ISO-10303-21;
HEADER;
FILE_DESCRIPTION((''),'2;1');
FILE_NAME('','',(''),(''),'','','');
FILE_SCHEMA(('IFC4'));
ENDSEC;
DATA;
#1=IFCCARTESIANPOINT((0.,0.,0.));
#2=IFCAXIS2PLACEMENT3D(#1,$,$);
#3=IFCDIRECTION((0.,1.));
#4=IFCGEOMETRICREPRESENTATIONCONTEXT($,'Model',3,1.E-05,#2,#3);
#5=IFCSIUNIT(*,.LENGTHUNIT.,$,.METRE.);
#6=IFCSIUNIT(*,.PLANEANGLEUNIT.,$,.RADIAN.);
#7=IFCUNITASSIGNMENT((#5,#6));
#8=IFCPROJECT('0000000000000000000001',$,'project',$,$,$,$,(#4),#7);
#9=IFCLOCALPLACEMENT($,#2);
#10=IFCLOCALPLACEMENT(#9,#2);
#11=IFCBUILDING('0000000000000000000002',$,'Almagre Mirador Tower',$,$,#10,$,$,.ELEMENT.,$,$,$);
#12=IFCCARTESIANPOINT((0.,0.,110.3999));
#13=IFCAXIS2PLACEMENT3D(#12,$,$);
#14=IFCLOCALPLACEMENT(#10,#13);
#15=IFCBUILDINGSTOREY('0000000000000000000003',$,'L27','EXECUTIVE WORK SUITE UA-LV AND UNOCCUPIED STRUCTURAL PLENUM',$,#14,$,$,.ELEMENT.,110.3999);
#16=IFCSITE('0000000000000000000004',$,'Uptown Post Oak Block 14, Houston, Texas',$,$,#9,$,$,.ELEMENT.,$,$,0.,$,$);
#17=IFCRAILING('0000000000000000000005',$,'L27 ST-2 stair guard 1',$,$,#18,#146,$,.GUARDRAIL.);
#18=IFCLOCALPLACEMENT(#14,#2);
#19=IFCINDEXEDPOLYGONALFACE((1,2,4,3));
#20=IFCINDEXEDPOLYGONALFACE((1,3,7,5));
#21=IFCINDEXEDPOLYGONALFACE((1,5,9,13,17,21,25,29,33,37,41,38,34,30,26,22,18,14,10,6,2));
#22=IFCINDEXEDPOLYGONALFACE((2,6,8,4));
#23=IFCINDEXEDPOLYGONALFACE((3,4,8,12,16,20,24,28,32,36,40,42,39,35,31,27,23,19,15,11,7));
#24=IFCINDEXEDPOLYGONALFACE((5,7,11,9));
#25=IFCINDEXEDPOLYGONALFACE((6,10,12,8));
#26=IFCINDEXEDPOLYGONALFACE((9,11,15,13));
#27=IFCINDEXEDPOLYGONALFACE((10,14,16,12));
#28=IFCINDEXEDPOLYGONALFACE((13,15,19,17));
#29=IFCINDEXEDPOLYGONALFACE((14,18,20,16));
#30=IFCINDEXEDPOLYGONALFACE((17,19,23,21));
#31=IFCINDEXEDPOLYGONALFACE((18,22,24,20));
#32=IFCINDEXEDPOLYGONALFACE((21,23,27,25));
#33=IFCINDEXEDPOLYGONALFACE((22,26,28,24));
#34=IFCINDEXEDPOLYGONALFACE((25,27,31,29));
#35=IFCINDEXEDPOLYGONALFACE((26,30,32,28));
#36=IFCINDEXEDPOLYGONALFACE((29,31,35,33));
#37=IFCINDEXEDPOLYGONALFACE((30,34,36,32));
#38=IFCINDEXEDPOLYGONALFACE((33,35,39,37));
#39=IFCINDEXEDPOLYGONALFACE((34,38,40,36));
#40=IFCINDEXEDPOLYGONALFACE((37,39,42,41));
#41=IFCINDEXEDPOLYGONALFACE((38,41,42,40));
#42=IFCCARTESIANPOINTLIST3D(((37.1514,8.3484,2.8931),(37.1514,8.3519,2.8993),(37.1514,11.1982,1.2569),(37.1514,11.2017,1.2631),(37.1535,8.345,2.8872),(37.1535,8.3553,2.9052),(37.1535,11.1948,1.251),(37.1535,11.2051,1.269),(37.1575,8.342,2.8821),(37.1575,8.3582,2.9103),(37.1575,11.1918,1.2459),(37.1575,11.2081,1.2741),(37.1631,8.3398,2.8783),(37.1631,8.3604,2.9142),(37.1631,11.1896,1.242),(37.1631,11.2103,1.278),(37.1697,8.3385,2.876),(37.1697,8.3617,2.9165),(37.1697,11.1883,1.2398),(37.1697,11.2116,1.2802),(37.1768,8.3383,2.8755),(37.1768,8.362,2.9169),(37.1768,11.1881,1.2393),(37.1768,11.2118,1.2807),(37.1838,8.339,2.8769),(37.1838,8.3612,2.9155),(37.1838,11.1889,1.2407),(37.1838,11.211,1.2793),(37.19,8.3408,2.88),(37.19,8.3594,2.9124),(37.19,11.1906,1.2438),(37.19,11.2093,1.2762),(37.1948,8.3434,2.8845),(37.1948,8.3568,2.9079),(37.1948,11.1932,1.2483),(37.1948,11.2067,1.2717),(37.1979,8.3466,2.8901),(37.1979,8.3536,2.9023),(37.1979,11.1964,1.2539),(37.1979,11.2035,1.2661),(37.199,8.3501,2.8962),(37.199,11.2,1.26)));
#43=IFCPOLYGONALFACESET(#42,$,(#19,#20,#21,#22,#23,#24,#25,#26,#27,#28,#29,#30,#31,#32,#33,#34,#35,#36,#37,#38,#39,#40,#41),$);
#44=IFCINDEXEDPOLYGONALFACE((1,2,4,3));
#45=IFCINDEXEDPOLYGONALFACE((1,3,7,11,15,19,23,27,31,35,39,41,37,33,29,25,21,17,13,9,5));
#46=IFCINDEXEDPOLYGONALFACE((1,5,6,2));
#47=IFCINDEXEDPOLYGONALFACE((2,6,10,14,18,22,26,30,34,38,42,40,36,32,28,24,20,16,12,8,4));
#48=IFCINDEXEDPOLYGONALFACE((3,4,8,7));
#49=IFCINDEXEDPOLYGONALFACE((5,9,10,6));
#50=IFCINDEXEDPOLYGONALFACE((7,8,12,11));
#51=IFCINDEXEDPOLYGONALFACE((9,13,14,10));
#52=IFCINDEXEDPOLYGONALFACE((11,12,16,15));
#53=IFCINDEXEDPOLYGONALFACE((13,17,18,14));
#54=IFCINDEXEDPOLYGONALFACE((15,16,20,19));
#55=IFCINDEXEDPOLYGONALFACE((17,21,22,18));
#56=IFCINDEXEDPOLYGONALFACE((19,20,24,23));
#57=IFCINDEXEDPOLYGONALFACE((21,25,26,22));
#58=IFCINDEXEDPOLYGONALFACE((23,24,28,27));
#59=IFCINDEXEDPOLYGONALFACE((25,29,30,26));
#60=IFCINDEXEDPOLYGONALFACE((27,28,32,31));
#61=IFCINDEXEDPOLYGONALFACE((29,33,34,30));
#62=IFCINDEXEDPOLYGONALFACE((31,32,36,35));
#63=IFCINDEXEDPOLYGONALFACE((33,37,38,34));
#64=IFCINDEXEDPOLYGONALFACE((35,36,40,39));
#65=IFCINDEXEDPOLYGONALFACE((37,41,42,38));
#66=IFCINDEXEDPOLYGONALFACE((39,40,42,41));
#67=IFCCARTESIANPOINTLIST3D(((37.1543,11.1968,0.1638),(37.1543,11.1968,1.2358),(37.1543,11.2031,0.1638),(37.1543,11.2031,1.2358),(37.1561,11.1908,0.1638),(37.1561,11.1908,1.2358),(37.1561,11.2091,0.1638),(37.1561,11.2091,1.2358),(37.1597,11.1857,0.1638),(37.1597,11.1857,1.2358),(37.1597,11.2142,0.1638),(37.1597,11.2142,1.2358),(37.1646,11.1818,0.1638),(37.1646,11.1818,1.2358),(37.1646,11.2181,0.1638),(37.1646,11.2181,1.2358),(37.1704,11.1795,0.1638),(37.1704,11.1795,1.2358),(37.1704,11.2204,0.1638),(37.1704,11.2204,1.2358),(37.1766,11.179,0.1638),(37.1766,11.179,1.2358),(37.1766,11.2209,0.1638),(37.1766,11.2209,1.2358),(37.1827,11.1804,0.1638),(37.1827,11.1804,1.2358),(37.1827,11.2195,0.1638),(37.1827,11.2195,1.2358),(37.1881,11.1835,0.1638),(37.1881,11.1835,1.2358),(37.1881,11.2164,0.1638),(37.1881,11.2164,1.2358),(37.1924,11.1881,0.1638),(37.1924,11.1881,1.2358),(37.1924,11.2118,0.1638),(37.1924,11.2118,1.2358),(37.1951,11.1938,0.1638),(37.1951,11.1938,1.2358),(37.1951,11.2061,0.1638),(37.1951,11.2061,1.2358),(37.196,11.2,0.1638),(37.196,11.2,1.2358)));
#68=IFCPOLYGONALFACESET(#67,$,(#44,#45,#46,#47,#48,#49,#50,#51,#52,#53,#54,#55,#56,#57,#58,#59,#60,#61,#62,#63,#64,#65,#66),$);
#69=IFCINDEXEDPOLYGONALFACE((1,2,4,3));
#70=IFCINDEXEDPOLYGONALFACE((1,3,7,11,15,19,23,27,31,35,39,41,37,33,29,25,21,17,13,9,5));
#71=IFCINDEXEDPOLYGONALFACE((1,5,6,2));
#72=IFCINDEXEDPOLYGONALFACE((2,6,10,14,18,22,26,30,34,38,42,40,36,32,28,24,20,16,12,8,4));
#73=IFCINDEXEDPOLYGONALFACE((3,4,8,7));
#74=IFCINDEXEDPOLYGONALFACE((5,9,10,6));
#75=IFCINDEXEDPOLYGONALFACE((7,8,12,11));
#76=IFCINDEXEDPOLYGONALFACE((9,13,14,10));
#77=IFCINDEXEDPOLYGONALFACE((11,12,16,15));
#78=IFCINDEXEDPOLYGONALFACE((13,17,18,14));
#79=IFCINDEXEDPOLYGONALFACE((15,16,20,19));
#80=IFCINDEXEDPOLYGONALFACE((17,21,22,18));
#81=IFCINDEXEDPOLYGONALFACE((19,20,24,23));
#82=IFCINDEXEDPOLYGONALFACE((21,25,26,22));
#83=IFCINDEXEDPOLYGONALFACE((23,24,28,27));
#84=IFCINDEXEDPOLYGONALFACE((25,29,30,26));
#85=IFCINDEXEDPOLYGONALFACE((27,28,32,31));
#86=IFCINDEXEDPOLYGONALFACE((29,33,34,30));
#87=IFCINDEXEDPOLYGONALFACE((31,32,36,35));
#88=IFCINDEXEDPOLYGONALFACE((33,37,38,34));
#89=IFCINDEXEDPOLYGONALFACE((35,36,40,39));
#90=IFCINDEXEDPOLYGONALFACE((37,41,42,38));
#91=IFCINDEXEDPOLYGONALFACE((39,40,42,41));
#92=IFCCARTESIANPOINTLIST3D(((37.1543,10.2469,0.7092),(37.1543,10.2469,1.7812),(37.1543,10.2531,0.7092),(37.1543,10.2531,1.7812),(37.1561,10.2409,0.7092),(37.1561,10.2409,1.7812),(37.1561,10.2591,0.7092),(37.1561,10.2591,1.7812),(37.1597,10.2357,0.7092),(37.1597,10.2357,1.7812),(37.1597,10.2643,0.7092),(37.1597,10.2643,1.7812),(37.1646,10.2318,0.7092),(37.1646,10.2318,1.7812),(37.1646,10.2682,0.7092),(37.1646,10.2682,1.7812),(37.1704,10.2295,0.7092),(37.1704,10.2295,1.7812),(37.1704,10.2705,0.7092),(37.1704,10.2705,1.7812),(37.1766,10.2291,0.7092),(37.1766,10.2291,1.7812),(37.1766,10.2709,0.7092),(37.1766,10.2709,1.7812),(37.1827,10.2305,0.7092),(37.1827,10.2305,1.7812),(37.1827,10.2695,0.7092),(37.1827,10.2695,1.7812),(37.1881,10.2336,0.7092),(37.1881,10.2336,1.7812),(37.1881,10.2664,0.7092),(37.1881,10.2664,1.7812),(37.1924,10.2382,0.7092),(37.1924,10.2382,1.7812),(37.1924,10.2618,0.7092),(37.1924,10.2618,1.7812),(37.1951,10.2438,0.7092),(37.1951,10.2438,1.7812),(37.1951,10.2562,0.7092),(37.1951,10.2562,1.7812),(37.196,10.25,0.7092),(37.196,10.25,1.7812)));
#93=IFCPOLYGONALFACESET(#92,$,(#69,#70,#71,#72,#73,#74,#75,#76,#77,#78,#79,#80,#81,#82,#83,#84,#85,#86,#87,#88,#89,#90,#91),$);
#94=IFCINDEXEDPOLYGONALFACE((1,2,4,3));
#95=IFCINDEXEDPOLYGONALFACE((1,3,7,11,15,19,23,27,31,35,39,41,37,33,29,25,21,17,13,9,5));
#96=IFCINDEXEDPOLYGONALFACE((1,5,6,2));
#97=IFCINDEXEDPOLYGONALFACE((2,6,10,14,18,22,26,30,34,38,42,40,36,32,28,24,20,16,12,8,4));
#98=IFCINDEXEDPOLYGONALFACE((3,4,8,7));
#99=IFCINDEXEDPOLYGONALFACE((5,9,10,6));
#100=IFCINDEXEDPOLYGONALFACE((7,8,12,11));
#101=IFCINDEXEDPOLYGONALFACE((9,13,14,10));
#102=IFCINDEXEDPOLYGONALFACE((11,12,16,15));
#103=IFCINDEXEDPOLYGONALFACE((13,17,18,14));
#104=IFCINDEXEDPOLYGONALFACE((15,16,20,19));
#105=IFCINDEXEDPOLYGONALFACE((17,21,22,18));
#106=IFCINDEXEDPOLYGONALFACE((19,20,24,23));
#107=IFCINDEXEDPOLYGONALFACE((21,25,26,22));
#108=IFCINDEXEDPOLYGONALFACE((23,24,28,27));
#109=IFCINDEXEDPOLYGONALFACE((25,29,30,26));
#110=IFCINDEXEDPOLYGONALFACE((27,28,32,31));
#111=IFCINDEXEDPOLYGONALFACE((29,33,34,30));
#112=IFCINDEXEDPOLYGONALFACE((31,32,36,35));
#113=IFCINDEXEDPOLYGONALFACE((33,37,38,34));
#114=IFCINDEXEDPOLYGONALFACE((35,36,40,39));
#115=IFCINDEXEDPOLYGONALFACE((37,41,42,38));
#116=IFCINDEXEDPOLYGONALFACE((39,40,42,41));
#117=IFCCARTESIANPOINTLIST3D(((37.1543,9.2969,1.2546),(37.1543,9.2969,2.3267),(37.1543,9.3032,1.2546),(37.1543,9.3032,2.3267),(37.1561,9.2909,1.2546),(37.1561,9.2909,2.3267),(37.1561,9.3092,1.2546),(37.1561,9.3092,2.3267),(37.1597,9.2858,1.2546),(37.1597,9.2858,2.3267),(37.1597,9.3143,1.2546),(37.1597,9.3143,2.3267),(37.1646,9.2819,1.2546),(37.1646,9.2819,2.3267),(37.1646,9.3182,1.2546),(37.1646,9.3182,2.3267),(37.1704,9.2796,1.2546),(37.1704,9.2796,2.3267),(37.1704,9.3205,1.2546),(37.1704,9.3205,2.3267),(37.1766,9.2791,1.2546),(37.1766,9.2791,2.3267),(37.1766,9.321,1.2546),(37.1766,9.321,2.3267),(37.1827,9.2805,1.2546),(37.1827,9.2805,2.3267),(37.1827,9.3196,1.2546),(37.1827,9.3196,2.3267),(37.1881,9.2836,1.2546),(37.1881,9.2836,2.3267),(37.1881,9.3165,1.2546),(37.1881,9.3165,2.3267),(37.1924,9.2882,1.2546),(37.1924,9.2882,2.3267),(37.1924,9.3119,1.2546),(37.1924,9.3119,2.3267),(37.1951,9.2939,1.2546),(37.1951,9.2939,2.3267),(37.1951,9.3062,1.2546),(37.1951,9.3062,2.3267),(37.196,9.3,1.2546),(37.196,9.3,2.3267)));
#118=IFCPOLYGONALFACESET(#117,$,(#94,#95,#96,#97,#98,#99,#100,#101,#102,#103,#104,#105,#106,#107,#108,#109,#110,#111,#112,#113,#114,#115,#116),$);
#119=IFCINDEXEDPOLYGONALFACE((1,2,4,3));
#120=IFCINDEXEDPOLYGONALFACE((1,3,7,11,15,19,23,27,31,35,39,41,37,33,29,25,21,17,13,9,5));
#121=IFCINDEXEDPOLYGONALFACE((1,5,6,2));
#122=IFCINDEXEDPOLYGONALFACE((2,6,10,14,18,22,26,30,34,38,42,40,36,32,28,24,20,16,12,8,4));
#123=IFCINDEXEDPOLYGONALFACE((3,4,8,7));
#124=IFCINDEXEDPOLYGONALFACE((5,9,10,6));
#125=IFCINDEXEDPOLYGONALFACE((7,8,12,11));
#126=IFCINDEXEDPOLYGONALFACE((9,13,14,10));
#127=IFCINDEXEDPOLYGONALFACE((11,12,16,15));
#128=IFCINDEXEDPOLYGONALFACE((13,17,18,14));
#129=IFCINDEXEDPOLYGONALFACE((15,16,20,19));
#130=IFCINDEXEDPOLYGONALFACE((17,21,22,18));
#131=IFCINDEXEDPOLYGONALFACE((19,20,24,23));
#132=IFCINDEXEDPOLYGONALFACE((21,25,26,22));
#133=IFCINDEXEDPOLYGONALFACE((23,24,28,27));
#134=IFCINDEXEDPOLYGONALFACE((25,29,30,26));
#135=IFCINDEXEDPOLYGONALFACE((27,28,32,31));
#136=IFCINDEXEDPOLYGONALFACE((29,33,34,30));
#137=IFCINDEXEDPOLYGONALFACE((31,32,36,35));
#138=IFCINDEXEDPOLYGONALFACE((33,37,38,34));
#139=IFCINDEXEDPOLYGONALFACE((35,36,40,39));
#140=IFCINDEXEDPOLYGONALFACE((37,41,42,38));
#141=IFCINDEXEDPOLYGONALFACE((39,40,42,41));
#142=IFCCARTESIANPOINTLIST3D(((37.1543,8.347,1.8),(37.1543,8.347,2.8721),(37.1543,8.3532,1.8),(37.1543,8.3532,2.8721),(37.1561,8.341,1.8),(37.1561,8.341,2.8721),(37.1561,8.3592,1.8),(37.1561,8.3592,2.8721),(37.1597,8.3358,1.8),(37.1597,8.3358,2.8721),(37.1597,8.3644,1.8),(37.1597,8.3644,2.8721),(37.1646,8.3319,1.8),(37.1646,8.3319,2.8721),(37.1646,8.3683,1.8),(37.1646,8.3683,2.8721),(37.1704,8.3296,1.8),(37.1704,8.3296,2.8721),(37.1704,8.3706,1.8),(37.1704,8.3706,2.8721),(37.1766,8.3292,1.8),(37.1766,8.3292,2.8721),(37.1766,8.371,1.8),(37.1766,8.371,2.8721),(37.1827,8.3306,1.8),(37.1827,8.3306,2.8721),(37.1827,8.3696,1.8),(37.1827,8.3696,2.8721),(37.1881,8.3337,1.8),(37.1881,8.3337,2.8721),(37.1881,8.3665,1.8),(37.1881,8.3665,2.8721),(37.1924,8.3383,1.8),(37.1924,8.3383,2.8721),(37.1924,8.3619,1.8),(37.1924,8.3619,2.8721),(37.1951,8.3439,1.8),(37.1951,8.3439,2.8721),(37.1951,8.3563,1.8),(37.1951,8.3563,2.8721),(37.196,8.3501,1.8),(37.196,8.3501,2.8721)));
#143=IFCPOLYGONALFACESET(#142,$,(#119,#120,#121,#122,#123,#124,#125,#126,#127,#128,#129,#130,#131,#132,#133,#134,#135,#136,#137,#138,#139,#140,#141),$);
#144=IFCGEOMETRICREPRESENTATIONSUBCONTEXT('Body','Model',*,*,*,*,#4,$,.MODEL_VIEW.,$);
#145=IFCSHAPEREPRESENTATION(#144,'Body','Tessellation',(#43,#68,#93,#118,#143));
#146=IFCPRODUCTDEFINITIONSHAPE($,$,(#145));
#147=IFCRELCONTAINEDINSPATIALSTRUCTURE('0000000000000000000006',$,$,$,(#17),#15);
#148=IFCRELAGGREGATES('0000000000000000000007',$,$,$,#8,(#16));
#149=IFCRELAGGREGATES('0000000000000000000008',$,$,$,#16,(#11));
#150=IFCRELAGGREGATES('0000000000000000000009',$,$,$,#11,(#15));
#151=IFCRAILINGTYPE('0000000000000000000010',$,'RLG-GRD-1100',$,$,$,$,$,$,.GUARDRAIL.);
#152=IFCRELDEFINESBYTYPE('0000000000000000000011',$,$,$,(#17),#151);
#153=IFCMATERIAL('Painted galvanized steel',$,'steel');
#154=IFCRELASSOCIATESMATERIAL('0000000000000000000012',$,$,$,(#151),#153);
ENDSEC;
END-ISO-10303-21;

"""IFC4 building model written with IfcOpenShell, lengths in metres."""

from ifc_helpers import new_model, si_unit, direction, frame, origin, origin_2d, place, context, subcontext, project, spatial, circle, extrude, material, type_object, element, save


model = new_model("IFC4")

# Units and contexts
model_context = context("Model", 3, precision=1e-05, world=origin(), true_north=direction((0.0, 1.0)))
body_context = subcontext(model_context, "Body", "Model", "MODEL_VIEW")
ifc_project = project(units=[si_unit("LENGTHUNIT", "METRE"), si_unit("PLANEANGLEUNIT", "RADIAN")], contexts=[model_context])

# Site, building, storey
site_placement = place(None, origin())
site = spatial("IfcSite", under=ifc_project, at=site_placement, Name="Uptown Post Oak Block 14, Houston, Texas", CompositionType="ELEMENT", RefElevation=0.0)
building_placement = place(site_placement, origin())
building = spatial("IfcBuilding", under=site, at=building_placement, Name="Almagre Mirador Tower", CompositionType="ELEMENT")
storey_placement = place(building_placement, frame((0.0, 0.0, 110.3999)))
storey = spatial("IfcBuildingStorey", under=building, at=storey_placement, Name="L27", Description="EXECUTIVE WORK SUITE UA-LV AND UNOCCUPIED STRUCTURAL PLENUM", CompositionType="ELEMENT", Elevation=110.3999)

# Railing
ifc_material_1 = material(Name="Painted galvanized steel", Category="steel")
railing_type_1 = type_object("IfcRailingType", Name="RLG-GRD-1100", PredefinedType="GUARDRAIL", material=ifc_material_1)
railing_1_placement = place(storey_placement, frame((37.175, 11.2, 0.1638)))
element("IfcRailing", 1, at=railing_1_placement, inside=storey, type_object=railing_type_1, Name="L27 ST-2 stair guard 1", PredefinedType="GUARDRAIL", context=body_context, shape_type="SweptSolid", body=[
    extrude(circle(Radius=0.0239, at=origin_2d()), frame((0.0, 0.0, 1.0962), z_axis=(0.0, -0.867226, 0.497914), x_axis=(1.0, 0.0, 0.0)), (0.0, 0.0, 1.0), 3.2861),
    extrude(circle(Radius=0.021, at=origin_2d()), origin(), (0.0, 0.0, 1.0), 1.072),
    extrude(circle(Radius=0.021, at=origin_2d()), frame((0.0, -0.95, 0.5454)), (0.0, 0.0, 1.0), 1.072),
    extrude(circle(Radius=0.021, at=origin_2d()), frame((0.0, -1.8999, 1.0908)), (0.0, 0.0, 1.0), 1.072),
    extrude(circle(Radius=0.021, at=origin_2d()), frame((0.0, -2.8499, 1.6362)), (0.0, 0.0, 1.0), 1.072),
])

save(model, "model.ifc")
